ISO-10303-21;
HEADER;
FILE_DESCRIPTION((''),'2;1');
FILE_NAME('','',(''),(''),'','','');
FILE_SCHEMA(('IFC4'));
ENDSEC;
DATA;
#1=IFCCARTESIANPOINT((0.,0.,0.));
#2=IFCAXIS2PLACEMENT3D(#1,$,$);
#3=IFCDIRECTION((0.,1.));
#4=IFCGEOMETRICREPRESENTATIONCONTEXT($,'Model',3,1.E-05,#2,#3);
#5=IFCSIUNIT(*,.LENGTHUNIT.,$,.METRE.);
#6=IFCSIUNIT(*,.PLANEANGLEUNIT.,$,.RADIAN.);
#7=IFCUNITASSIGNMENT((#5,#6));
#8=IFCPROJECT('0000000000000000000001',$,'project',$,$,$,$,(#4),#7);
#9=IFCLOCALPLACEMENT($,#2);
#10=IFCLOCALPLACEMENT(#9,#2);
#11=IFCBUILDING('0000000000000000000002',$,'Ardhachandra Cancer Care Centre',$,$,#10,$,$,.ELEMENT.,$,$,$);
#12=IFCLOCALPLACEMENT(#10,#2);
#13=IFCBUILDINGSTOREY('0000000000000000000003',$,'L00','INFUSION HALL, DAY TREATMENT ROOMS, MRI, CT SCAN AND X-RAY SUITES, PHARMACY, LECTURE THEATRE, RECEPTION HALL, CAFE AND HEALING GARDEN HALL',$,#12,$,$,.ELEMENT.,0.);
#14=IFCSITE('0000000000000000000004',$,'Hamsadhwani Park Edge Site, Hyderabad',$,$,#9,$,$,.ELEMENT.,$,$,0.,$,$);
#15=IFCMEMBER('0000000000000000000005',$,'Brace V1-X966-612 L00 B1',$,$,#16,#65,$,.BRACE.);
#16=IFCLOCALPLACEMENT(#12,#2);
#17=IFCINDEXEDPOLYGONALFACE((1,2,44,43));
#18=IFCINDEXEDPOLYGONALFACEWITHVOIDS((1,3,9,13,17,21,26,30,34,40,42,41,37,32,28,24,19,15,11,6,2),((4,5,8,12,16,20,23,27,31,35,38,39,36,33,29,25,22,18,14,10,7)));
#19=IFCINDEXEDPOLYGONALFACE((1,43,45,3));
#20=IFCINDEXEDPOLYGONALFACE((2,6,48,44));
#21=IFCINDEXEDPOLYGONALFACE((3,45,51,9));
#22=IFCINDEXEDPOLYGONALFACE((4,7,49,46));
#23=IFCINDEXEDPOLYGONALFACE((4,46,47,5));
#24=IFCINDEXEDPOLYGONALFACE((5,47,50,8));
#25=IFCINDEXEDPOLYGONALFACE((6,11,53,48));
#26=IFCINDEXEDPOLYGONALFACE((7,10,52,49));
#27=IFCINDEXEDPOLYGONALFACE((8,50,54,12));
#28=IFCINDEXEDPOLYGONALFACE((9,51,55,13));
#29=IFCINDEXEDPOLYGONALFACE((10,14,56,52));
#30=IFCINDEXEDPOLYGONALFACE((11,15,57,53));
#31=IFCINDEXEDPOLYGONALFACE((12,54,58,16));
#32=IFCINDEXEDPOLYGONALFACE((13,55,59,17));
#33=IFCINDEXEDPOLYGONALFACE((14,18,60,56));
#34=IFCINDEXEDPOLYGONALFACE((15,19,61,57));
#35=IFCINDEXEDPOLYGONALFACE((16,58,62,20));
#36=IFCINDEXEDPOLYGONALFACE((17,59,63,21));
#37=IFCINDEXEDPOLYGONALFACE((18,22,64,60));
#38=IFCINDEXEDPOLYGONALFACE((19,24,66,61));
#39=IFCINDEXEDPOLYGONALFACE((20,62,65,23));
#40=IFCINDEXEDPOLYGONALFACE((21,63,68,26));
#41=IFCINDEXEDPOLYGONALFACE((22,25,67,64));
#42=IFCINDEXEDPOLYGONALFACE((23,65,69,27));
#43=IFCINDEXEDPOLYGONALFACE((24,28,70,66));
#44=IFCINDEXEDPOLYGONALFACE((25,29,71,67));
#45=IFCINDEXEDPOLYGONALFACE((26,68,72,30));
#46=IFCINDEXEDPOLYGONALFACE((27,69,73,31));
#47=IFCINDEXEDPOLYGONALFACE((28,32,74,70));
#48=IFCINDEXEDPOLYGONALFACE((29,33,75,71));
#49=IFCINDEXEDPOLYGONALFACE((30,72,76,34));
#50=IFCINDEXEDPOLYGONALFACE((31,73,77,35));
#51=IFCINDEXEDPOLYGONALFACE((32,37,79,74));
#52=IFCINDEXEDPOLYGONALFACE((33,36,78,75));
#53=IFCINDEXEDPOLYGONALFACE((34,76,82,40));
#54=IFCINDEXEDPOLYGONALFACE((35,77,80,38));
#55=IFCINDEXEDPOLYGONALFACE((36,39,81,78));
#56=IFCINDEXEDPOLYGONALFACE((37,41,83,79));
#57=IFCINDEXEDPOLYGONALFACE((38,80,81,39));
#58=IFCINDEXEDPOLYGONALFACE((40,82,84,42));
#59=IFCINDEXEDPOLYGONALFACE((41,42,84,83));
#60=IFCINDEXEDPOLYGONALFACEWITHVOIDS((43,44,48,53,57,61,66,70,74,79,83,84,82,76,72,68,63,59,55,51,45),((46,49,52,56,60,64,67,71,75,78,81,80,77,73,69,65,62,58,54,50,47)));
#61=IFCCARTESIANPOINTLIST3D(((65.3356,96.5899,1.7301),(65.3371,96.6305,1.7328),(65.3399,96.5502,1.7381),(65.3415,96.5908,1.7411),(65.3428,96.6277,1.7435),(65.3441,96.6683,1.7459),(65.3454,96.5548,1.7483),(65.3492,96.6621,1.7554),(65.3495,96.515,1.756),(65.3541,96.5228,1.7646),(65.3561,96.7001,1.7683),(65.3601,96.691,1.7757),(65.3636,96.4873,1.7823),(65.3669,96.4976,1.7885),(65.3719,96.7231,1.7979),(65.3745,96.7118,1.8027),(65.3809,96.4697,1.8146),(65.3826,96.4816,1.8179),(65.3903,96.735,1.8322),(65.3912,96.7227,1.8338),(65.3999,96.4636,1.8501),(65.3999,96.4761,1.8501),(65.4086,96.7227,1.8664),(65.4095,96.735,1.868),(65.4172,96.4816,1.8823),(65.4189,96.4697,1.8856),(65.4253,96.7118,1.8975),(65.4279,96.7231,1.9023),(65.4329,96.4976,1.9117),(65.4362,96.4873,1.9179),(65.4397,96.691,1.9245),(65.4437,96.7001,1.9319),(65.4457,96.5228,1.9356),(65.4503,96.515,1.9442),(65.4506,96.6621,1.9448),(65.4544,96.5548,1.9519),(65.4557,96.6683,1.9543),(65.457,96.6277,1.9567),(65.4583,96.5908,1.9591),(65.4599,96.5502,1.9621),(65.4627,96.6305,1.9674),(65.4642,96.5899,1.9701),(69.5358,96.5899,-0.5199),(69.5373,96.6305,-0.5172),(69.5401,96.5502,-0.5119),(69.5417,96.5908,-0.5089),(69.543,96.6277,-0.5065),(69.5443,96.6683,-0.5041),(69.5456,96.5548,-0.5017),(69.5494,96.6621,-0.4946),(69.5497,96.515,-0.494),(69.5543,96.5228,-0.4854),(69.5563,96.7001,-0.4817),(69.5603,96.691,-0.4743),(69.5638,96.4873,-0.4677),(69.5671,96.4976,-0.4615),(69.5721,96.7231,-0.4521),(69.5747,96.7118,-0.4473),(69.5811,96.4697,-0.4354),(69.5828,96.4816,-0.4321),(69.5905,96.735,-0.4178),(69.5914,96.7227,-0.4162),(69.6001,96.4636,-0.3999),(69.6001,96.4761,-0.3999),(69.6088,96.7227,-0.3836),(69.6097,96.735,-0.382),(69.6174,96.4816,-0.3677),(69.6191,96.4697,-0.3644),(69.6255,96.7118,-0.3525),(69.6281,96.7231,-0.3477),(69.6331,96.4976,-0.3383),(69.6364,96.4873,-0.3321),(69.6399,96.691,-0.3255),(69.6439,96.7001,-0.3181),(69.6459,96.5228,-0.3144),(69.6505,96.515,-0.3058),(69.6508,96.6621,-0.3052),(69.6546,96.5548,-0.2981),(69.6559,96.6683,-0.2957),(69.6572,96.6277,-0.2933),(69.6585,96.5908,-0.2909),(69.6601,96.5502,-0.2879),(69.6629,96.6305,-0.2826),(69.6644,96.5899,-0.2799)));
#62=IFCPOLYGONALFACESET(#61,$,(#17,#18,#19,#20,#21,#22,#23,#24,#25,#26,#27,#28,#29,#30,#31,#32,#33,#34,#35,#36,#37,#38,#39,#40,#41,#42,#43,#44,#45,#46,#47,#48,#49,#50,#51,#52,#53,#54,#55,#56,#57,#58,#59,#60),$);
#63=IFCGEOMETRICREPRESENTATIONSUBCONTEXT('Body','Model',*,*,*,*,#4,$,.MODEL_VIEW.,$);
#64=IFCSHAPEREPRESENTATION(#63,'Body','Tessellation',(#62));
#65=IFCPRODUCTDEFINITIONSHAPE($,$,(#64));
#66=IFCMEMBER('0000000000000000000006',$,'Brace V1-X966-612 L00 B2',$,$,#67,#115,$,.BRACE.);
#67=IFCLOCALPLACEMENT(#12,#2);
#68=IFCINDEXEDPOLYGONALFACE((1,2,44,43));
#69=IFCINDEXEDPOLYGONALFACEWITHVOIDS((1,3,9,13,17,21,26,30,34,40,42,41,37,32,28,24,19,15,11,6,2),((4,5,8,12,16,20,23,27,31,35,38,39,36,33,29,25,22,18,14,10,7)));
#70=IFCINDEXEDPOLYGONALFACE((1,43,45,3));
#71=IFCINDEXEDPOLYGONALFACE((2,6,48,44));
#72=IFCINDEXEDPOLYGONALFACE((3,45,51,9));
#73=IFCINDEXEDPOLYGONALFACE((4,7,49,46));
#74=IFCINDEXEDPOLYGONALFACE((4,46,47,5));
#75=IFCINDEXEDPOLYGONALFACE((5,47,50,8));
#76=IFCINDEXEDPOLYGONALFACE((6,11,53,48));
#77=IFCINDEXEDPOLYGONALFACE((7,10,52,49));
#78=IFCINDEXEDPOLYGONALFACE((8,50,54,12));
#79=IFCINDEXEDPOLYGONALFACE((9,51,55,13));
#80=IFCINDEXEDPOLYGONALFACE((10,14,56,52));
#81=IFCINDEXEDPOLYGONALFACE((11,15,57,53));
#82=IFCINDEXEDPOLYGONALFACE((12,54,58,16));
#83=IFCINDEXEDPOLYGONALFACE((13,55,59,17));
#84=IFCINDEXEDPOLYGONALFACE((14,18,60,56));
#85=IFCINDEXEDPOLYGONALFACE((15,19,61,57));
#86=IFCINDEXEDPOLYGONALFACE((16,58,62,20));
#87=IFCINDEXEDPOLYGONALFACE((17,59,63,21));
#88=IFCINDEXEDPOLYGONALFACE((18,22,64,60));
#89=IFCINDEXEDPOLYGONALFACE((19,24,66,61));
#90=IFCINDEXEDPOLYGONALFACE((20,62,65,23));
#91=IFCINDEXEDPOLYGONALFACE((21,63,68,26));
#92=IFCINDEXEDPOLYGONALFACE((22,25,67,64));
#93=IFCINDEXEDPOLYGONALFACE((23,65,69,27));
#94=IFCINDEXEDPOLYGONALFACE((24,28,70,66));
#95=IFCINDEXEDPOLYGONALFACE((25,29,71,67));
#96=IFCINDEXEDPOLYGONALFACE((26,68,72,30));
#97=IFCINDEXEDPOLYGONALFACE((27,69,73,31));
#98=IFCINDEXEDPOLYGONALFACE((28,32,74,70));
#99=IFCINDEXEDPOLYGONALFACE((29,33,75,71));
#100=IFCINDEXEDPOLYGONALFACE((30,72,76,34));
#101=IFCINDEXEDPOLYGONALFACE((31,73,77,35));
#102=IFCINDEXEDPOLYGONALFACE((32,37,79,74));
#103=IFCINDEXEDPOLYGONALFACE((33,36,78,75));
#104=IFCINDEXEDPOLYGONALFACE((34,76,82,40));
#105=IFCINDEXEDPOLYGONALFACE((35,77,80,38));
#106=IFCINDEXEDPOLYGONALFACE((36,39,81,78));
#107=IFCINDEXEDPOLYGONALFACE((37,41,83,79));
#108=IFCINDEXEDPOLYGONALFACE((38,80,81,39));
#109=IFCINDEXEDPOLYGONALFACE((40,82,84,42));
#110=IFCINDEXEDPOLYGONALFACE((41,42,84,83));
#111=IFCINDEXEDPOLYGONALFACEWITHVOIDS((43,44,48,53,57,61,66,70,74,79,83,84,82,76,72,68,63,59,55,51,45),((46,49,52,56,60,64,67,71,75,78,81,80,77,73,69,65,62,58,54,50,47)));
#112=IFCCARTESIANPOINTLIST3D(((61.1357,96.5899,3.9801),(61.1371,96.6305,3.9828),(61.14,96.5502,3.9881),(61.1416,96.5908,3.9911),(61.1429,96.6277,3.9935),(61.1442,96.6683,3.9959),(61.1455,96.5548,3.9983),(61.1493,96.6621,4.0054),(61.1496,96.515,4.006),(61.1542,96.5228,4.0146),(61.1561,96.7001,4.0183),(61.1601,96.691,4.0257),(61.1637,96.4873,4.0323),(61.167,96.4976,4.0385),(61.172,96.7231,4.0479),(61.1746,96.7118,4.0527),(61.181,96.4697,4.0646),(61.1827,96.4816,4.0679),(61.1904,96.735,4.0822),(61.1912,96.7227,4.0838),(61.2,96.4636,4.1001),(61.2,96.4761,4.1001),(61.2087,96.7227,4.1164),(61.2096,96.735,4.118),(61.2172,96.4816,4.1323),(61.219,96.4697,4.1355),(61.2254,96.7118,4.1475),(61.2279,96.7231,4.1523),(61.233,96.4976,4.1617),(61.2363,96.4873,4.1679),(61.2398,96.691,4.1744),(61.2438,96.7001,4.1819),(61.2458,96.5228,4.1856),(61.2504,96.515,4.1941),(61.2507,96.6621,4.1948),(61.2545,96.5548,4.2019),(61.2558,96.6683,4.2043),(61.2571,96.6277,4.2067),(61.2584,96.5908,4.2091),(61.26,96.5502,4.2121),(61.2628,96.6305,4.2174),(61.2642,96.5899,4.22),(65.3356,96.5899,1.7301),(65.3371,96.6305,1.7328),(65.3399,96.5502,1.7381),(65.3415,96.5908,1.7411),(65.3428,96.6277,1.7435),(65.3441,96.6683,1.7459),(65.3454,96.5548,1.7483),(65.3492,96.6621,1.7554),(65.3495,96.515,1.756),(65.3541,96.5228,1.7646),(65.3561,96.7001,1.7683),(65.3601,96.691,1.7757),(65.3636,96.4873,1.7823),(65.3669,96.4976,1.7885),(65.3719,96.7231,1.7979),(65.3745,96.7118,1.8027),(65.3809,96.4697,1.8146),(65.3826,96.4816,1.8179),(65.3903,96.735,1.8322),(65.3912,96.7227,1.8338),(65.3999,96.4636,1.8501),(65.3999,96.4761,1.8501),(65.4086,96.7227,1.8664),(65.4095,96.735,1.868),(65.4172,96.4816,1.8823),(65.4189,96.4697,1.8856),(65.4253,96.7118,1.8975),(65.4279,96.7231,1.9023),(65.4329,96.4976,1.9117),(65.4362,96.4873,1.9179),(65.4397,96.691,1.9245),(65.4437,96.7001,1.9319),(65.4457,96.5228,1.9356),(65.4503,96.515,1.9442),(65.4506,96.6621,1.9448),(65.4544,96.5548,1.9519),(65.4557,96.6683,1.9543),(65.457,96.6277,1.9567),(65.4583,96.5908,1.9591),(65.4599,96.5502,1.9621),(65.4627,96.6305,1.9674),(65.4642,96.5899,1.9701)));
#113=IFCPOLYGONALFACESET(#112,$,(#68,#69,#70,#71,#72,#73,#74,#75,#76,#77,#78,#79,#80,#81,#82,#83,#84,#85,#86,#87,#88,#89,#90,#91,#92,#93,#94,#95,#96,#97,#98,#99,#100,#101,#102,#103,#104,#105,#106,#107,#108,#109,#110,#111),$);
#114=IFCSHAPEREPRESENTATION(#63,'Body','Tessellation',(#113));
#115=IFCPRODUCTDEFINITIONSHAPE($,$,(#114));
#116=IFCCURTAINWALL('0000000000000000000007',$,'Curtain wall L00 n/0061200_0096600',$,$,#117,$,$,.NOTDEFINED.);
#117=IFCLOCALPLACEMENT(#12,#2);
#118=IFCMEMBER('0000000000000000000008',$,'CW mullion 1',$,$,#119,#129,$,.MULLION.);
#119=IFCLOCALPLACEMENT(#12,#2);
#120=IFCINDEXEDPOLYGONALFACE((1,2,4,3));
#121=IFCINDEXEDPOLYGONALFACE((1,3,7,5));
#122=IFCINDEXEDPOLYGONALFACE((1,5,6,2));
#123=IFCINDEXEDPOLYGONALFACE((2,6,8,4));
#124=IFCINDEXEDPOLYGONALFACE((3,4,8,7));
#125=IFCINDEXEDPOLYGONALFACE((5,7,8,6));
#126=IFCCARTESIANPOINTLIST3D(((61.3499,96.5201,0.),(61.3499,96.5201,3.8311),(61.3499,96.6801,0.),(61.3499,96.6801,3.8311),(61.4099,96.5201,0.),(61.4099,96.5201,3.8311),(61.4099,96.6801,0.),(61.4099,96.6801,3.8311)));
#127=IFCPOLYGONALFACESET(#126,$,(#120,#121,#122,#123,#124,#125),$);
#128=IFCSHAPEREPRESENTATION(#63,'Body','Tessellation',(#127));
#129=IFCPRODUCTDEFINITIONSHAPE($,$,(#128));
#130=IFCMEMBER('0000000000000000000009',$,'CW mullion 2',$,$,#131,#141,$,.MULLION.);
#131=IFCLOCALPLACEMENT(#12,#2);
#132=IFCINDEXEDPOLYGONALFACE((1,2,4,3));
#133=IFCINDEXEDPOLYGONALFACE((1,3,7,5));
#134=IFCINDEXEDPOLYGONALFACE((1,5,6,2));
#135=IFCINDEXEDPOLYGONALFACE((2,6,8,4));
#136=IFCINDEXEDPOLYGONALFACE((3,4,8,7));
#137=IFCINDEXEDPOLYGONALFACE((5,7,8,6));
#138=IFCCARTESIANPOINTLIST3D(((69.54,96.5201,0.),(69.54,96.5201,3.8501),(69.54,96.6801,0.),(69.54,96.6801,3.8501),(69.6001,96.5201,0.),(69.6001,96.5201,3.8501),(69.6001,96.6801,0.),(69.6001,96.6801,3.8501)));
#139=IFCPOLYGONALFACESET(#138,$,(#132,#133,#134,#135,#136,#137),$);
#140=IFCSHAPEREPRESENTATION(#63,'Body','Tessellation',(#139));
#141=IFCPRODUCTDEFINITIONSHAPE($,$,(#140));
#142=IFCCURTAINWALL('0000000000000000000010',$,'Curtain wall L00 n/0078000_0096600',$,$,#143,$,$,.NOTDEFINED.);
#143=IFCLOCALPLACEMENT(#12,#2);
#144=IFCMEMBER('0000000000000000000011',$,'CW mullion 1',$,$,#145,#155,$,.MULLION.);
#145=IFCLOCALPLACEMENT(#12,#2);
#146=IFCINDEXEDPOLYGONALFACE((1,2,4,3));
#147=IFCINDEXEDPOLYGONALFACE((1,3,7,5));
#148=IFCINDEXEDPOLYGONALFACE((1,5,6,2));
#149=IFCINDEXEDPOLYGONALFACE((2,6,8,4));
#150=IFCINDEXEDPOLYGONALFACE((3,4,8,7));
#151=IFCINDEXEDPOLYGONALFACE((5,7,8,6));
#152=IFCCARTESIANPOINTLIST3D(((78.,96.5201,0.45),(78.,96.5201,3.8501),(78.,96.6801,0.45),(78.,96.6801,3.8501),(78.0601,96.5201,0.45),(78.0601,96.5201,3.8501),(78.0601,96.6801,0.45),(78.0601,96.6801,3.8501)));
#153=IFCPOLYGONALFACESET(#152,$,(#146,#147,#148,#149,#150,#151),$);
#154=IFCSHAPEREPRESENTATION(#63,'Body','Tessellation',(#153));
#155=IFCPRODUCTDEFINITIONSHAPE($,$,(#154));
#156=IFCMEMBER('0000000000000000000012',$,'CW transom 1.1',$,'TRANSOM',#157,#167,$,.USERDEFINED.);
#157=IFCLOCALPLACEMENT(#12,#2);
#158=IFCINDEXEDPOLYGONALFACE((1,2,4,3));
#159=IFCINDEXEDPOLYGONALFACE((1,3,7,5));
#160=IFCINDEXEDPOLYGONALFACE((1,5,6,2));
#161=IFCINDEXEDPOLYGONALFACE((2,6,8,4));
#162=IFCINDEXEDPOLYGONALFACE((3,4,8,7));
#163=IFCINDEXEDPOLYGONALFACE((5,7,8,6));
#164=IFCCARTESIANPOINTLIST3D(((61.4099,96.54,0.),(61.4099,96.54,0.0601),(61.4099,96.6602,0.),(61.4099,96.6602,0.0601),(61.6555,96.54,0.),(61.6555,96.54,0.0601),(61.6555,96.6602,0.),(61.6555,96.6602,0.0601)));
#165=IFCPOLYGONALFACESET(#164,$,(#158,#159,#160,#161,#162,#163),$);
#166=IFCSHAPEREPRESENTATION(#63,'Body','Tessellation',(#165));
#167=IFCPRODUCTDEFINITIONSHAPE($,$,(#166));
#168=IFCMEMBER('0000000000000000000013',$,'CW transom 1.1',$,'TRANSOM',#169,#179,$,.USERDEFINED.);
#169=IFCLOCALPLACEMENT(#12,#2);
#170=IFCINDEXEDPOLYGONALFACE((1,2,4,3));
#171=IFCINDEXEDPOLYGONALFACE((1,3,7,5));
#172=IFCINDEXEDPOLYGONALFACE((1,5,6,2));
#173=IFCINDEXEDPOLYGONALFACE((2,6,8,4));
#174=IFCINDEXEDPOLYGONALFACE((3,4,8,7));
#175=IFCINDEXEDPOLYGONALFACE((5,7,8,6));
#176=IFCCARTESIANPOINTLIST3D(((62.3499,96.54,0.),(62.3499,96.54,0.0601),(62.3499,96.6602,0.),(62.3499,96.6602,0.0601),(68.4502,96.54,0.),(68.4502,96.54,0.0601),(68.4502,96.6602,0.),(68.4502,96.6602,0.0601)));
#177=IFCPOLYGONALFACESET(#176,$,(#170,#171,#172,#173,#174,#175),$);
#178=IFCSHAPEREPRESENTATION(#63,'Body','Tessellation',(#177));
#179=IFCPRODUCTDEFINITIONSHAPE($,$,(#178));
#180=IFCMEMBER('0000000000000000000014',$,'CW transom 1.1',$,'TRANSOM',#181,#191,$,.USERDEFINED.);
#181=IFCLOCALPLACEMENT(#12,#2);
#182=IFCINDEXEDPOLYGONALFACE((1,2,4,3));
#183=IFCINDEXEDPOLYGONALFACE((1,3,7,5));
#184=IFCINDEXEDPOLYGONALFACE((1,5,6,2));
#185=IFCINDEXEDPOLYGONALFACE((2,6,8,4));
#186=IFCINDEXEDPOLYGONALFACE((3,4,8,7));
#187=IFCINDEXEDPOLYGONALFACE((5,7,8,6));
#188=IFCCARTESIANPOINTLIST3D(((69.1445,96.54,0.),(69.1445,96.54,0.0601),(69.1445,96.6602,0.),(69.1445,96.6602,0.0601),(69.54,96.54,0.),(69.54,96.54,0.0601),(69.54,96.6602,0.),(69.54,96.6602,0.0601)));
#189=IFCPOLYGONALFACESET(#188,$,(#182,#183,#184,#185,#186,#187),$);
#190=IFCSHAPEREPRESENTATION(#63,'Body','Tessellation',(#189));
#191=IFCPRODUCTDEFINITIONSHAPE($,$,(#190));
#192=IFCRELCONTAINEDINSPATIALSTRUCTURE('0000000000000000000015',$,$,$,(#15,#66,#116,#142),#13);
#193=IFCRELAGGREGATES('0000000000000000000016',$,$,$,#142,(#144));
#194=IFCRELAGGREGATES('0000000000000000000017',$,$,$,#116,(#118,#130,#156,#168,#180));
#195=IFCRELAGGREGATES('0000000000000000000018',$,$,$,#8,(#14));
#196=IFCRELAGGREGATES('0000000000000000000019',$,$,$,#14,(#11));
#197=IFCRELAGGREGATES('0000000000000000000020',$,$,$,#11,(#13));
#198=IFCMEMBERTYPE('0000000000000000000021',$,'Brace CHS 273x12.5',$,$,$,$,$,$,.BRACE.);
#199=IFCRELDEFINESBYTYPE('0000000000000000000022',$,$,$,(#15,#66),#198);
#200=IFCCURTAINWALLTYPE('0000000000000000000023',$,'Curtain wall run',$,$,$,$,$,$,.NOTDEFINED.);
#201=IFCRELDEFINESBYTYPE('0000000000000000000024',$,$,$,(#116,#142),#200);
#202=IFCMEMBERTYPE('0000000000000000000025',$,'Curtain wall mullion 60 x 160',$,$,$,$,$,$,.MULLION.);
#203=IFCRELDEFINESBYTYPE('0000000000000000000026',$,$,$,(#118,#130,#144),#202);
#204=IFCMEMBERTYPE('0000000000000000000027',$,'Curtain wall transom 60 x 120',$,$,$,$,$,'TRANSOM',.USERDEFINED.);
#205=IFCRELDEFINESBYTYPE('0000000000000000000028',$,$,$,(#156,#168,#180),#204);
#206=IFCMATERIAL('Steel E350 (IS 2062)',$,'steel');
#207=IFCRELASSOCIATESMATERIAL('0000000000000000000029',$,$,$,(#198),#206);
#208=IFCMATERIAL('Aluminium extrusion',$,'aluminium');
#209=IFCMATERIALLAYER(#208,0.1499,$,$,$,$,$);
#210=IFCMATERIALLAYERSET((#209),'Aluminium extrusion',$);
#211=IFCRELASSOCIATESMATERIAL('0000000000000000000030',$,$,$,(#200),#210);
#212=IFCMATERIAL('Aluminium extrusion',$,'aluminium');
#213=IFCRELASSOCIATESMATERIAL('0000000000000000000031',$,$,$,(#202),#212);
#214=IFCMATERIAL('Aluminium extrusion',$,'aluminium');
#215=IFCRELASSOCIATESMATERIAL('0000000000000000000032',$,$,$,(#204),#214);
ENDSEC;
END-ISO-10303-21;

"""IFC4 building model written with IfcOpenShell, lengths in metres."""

from ifc_helpers import new_model, si_unit, direction, frame, origin, origin_2d, place, context, subcontext, project, spatial, rectangle, hollow_circle, extrude, material, layer, layer_set, material_profile, profile_set, type_object, element, aggregate, save


model = new_model("IFC4")

# Units and contexts
model_context = context("Model", 3, precision=1e-05, world=origin(), true_north=direction((0.0, 1.0)))
body_context = subcontext(model_context, "Body", "Model", "MODEL_VIEW")
ifc_project = project(units=[si_unit("LENGTHUNIT", "METRE"), si_unit("PLANEANGLEUNIT", "RADIAN")], contexts=[model_context])

# Site, building, storey
site_placement = place(None, origin())
site = spatial("IfcSite", under=ifc_project, at=site_placement, Name="Hamsadhwani Park Edge Site, Hyderabad", CompositionType="ELEMENT", RefElevation=0.0)
building_placement = place(site_placement, origin())
building = spatial("IfcBuilding", under=site, at=building_placement, Name="Ardhachandra Cancer Care Centre", CompositionType="ELEMENT")
storey_placement = place(building_placement, origin())
storey = spatial("IfcBuildingStorey", under=building, at=storey_placement, Name="L00", Description="INFUSION HALL, DAY TREATMENT ROOMS, MRI, CT SCAN AND X-RAY SUITES, PHARMACY, LECTURE THEATRE, RECEPTION HALL, CAFE AND HEALING GARDEN HALL", CompositionType="ELEMENT", Elevation=0.0)

# Members
ifc_material_1 = material(Name="Steel E350 (IS 2062)", Category="steel")
ifc_material_profile_1 = material_profile(ifc_material_1, hollow_circle(Radius=0.1365, WallThickness=0.0125, at=origin_2d()), Name="CHS 273x12.5")
ifc_profile_set_1 = profile_set([ifc_material_profile_1], Name="Steel E350 (IS 2062)")
member_type_1 = type_object("IfcMemberType", Name="Brace CHS 273x12.5", PredefinedType="BRACE", material=ifc_profile_set_1)
member_1_placement = place(storey_placement, frame((69.6001, 96.6001, -0.3999), z_axis=(-0.881489, 0.0, 0.472204), x_axis=(0.0, -1.0, 0.0)))
element("IfcMember", 1, at=member_1_placement, inside=storey, type_object=member_type_1, Name="Brace V1-X966-612 L00 B1", PredefinedType="BRACE", context=body_context, shape_type="SweptSolid", body=[
    extrude(hollow_circle(Radius=0.1365, WallThickness=0.0125, at=origin_2d()), origin(), (0.0, 0.0, 1.0), 4.7649),
])
member_2_placement = place(storey_placement, frame((65.3999, 96.6001, 1.8501), z_axis=(-0.881478, 0.0, 0.472226), x_axis=(0.0, -1.0, 0.0)))
element("IfcMember", 2, at=member_2_placement, inside=storey, type_object=member_type_1, Name="Brace V1-X966-612 L00 B2", PredefinedType="BRACE", context=body_context, shape_type="SweptSolid", body=[
    extrude(hollow_circle(Radius=0.1365, WallThickness=0.0125, at=origin_2d()), origin(), (0.0, 0.0, 1.0), 4.7646),
])

# Curtain wall, members
ifc_material_2 = material(Name="Aluminium extrusion", Category="aluminium")
ifc_layer_1 = layer(ifc_material_2, 0.1499)
ifc_layer_set_1 = layer_set([ifc_layer_1], Name="Aluminium extrusion")
curtain_wall_type = type_object("IfcCurtainWallType", Name="Curtain wall run", PredefinedType="NOTDEFINED", material=ifc_layer_set_1)
curtain_wall_1_placement = place(storey_placement, origin())
curtain_wall_1 = element("IfcCurtainWall", 3, at=curtain_wall_1_placement, inside=storey, type_object=curtain_wall_type, Name="Curtain wall L00 n/0061200_0096600", PredefinedType="NOTDEFINED")
ifc_material_3 = material(Name="Aluminium extrusion", Category="aluminium")
ifc_material_profile_2 = material_profile(ifc_material_3, rectangle(XDim=0.1599, YDim=0.0601, at=origin_2d()), Name="Curtain wall mullion 60 x 160")
ifc_profile_set_2 = profile_set([ifc_material_profile_2], Name="Aluminium extrusion")
member_type_2 = type_object("IfcMemberType", Name="Curtain wall mullion 60 x 160", PredefinedType="MULLION", material=ifc_profile_set_2)
member_3_placement = place(storey_placement, frame((61.3799, 96.6001, 0.0), z_axis=(0.0, 0.0, 1.0), x_axis=(0.0, 1.0, 0.0)))
member_3 = element("IfcMember", 4, at=member_3_placement, type_object=member_type_2, Name="CW mullion 1", PredefinedType="MULLION", context=body_context, shape_type="SweptSolid", body=[
    extrude(rectangle(XDim=0.1599, YDim=0.0601, at=origin_2d()), origin(), (0.0, 0.0, 1.0), 3.8311),
])
member_4_placement = place(storey_placement, frame((69.5701, 96.6001, 0.0), z_axis=(0.0, 0.0, 1.0), x_axis=(0.0, 1.0, 0.0)))
member_4 = element("IfcMember", 5, at=member_4_placement, type_object=member_type_2, Name="CW mullion 2", PredefinedType="MULLION", context=body_context, shape_type="SweptSolid", body=[
    extrude(rectangle(XDim=0.1599, YDim=0.0601, at=origin_2d()), origin(), (0.0, 0.0, 1.0), 3.8501),
])

# Curtain wall, member
curtain_wall_2_placement = place(storey_placement, origin())
curtain_wall_2 = element("IfcCurtainWall", 6, at=curtain_wall_2_placement, inside=storey, type_object=curtain_wall_type, Name="Curtain wall L00 n/0078000_0096600", PredefinedType="NOTDEFINED")
member_5_placement = place(storey_placement, frame((78.03, 96.6001, 0.45), z_axis=(0.0, 0.0, 1.0), x_axis=(0.0, 1.0, 0.0)))
member_5 = element("IfcMember", 7, at=member_5_placement, type_object=member_type_2, Name="CW mullion 1", PredefinedType="MULLION", context=body_context, shape_type="SweptSolid", body=[
    extrude(rectangle(XDim=0.1599, YDim=0.0601, at=origin_2d()), origin(), (0.0, 0.0, 1.0), 3.4001),
])

# Members
ifc_material_4 = material(Name="Aluminium extrusion", Category="aluminium")
ifc_material_profile_3 = material_profile(ifc_material_4, rectangle(XDim=0.1201, YDim=0.0601, at=origin_2d()), Name="Curtain wall transom 60 x 120")
ifc_profile_set_3 = profile_set([ifc_material_profile_3], Name="Aluminium extrusion")
member_type_3 = type_object("IfcMemberType", Name="Curtain wall transom 60 x 120", ElementType="TRANSOM", PredefinedType="USERDEFINED", material=ifc_profile_set_3)
member_6_placement = place(storey_placement, frame((61.4099, 96.6001, 0.03), z_axis=(1.0, 0.0, 0.0), x_axis=(0.0, 1.0, 0.0)))
member_6 = element("IfcMember", 8, at=member_6_placement, type_object=member_type_3, Name="CW transom 1.1", ObjectType="TRANSOM", PredefinedType="USERDEFINED", context=body_context, shape_type="SweptSolid", body=[
    extrude(rectangle(XDim=0.1201, YDim=0.0601, at=origin_2d()), origin(), (0.0, 0.0, 1.0), 0.2456),
])
member_7_placement = place(storey_placement, frame((62.3499, 96.6001, 0.03), z_axis=(1.0, 0.0, 0.0), x_axis=(0.0, 1.0, 0.0)))
member_7 = element("IfcMember", 9, at=member_7_placement, type_object=member_type_3, Name="CW transom 1.1", ObjectType="TRANSOM", PredefinedType="USERDEFINED", context=body_context, shape_type="SweptSolid", body=[
    extrude(rectangle(XDim=0.1201, YDim=0.0601, at=origin_2d()), origin(), (0.0, 0.0, 1.0), 6.1003),
])
member_8_placement = place(storey_placement, frame((69.1445, 96.6001, 0.03), z_axis=(1.0, 0.0, 0.0), x_axis=(0.0, 1.0, 0.0)))
member_8 = element("IfcMember", 10, at=member_8_placement, type_object=member_type_3, Name="CW transom 1.1", ObjectType="TRANSOM", PredefinedType="USERDEFINED", context=body_context, shape_type="SweptSolid", body=[
    extrude(rectangle(XDim=0.1201, YDim=0.0601, at=origin_2d()), origin(), (0.0, 0.0, 1.0), 0.3955),
])
aggregate(curtain_wall_2, [member_5])

aggregate(curtain_wall_1, [member_3, member_4, member_6, member_7, member_8])

save(model, "model.ifc")
